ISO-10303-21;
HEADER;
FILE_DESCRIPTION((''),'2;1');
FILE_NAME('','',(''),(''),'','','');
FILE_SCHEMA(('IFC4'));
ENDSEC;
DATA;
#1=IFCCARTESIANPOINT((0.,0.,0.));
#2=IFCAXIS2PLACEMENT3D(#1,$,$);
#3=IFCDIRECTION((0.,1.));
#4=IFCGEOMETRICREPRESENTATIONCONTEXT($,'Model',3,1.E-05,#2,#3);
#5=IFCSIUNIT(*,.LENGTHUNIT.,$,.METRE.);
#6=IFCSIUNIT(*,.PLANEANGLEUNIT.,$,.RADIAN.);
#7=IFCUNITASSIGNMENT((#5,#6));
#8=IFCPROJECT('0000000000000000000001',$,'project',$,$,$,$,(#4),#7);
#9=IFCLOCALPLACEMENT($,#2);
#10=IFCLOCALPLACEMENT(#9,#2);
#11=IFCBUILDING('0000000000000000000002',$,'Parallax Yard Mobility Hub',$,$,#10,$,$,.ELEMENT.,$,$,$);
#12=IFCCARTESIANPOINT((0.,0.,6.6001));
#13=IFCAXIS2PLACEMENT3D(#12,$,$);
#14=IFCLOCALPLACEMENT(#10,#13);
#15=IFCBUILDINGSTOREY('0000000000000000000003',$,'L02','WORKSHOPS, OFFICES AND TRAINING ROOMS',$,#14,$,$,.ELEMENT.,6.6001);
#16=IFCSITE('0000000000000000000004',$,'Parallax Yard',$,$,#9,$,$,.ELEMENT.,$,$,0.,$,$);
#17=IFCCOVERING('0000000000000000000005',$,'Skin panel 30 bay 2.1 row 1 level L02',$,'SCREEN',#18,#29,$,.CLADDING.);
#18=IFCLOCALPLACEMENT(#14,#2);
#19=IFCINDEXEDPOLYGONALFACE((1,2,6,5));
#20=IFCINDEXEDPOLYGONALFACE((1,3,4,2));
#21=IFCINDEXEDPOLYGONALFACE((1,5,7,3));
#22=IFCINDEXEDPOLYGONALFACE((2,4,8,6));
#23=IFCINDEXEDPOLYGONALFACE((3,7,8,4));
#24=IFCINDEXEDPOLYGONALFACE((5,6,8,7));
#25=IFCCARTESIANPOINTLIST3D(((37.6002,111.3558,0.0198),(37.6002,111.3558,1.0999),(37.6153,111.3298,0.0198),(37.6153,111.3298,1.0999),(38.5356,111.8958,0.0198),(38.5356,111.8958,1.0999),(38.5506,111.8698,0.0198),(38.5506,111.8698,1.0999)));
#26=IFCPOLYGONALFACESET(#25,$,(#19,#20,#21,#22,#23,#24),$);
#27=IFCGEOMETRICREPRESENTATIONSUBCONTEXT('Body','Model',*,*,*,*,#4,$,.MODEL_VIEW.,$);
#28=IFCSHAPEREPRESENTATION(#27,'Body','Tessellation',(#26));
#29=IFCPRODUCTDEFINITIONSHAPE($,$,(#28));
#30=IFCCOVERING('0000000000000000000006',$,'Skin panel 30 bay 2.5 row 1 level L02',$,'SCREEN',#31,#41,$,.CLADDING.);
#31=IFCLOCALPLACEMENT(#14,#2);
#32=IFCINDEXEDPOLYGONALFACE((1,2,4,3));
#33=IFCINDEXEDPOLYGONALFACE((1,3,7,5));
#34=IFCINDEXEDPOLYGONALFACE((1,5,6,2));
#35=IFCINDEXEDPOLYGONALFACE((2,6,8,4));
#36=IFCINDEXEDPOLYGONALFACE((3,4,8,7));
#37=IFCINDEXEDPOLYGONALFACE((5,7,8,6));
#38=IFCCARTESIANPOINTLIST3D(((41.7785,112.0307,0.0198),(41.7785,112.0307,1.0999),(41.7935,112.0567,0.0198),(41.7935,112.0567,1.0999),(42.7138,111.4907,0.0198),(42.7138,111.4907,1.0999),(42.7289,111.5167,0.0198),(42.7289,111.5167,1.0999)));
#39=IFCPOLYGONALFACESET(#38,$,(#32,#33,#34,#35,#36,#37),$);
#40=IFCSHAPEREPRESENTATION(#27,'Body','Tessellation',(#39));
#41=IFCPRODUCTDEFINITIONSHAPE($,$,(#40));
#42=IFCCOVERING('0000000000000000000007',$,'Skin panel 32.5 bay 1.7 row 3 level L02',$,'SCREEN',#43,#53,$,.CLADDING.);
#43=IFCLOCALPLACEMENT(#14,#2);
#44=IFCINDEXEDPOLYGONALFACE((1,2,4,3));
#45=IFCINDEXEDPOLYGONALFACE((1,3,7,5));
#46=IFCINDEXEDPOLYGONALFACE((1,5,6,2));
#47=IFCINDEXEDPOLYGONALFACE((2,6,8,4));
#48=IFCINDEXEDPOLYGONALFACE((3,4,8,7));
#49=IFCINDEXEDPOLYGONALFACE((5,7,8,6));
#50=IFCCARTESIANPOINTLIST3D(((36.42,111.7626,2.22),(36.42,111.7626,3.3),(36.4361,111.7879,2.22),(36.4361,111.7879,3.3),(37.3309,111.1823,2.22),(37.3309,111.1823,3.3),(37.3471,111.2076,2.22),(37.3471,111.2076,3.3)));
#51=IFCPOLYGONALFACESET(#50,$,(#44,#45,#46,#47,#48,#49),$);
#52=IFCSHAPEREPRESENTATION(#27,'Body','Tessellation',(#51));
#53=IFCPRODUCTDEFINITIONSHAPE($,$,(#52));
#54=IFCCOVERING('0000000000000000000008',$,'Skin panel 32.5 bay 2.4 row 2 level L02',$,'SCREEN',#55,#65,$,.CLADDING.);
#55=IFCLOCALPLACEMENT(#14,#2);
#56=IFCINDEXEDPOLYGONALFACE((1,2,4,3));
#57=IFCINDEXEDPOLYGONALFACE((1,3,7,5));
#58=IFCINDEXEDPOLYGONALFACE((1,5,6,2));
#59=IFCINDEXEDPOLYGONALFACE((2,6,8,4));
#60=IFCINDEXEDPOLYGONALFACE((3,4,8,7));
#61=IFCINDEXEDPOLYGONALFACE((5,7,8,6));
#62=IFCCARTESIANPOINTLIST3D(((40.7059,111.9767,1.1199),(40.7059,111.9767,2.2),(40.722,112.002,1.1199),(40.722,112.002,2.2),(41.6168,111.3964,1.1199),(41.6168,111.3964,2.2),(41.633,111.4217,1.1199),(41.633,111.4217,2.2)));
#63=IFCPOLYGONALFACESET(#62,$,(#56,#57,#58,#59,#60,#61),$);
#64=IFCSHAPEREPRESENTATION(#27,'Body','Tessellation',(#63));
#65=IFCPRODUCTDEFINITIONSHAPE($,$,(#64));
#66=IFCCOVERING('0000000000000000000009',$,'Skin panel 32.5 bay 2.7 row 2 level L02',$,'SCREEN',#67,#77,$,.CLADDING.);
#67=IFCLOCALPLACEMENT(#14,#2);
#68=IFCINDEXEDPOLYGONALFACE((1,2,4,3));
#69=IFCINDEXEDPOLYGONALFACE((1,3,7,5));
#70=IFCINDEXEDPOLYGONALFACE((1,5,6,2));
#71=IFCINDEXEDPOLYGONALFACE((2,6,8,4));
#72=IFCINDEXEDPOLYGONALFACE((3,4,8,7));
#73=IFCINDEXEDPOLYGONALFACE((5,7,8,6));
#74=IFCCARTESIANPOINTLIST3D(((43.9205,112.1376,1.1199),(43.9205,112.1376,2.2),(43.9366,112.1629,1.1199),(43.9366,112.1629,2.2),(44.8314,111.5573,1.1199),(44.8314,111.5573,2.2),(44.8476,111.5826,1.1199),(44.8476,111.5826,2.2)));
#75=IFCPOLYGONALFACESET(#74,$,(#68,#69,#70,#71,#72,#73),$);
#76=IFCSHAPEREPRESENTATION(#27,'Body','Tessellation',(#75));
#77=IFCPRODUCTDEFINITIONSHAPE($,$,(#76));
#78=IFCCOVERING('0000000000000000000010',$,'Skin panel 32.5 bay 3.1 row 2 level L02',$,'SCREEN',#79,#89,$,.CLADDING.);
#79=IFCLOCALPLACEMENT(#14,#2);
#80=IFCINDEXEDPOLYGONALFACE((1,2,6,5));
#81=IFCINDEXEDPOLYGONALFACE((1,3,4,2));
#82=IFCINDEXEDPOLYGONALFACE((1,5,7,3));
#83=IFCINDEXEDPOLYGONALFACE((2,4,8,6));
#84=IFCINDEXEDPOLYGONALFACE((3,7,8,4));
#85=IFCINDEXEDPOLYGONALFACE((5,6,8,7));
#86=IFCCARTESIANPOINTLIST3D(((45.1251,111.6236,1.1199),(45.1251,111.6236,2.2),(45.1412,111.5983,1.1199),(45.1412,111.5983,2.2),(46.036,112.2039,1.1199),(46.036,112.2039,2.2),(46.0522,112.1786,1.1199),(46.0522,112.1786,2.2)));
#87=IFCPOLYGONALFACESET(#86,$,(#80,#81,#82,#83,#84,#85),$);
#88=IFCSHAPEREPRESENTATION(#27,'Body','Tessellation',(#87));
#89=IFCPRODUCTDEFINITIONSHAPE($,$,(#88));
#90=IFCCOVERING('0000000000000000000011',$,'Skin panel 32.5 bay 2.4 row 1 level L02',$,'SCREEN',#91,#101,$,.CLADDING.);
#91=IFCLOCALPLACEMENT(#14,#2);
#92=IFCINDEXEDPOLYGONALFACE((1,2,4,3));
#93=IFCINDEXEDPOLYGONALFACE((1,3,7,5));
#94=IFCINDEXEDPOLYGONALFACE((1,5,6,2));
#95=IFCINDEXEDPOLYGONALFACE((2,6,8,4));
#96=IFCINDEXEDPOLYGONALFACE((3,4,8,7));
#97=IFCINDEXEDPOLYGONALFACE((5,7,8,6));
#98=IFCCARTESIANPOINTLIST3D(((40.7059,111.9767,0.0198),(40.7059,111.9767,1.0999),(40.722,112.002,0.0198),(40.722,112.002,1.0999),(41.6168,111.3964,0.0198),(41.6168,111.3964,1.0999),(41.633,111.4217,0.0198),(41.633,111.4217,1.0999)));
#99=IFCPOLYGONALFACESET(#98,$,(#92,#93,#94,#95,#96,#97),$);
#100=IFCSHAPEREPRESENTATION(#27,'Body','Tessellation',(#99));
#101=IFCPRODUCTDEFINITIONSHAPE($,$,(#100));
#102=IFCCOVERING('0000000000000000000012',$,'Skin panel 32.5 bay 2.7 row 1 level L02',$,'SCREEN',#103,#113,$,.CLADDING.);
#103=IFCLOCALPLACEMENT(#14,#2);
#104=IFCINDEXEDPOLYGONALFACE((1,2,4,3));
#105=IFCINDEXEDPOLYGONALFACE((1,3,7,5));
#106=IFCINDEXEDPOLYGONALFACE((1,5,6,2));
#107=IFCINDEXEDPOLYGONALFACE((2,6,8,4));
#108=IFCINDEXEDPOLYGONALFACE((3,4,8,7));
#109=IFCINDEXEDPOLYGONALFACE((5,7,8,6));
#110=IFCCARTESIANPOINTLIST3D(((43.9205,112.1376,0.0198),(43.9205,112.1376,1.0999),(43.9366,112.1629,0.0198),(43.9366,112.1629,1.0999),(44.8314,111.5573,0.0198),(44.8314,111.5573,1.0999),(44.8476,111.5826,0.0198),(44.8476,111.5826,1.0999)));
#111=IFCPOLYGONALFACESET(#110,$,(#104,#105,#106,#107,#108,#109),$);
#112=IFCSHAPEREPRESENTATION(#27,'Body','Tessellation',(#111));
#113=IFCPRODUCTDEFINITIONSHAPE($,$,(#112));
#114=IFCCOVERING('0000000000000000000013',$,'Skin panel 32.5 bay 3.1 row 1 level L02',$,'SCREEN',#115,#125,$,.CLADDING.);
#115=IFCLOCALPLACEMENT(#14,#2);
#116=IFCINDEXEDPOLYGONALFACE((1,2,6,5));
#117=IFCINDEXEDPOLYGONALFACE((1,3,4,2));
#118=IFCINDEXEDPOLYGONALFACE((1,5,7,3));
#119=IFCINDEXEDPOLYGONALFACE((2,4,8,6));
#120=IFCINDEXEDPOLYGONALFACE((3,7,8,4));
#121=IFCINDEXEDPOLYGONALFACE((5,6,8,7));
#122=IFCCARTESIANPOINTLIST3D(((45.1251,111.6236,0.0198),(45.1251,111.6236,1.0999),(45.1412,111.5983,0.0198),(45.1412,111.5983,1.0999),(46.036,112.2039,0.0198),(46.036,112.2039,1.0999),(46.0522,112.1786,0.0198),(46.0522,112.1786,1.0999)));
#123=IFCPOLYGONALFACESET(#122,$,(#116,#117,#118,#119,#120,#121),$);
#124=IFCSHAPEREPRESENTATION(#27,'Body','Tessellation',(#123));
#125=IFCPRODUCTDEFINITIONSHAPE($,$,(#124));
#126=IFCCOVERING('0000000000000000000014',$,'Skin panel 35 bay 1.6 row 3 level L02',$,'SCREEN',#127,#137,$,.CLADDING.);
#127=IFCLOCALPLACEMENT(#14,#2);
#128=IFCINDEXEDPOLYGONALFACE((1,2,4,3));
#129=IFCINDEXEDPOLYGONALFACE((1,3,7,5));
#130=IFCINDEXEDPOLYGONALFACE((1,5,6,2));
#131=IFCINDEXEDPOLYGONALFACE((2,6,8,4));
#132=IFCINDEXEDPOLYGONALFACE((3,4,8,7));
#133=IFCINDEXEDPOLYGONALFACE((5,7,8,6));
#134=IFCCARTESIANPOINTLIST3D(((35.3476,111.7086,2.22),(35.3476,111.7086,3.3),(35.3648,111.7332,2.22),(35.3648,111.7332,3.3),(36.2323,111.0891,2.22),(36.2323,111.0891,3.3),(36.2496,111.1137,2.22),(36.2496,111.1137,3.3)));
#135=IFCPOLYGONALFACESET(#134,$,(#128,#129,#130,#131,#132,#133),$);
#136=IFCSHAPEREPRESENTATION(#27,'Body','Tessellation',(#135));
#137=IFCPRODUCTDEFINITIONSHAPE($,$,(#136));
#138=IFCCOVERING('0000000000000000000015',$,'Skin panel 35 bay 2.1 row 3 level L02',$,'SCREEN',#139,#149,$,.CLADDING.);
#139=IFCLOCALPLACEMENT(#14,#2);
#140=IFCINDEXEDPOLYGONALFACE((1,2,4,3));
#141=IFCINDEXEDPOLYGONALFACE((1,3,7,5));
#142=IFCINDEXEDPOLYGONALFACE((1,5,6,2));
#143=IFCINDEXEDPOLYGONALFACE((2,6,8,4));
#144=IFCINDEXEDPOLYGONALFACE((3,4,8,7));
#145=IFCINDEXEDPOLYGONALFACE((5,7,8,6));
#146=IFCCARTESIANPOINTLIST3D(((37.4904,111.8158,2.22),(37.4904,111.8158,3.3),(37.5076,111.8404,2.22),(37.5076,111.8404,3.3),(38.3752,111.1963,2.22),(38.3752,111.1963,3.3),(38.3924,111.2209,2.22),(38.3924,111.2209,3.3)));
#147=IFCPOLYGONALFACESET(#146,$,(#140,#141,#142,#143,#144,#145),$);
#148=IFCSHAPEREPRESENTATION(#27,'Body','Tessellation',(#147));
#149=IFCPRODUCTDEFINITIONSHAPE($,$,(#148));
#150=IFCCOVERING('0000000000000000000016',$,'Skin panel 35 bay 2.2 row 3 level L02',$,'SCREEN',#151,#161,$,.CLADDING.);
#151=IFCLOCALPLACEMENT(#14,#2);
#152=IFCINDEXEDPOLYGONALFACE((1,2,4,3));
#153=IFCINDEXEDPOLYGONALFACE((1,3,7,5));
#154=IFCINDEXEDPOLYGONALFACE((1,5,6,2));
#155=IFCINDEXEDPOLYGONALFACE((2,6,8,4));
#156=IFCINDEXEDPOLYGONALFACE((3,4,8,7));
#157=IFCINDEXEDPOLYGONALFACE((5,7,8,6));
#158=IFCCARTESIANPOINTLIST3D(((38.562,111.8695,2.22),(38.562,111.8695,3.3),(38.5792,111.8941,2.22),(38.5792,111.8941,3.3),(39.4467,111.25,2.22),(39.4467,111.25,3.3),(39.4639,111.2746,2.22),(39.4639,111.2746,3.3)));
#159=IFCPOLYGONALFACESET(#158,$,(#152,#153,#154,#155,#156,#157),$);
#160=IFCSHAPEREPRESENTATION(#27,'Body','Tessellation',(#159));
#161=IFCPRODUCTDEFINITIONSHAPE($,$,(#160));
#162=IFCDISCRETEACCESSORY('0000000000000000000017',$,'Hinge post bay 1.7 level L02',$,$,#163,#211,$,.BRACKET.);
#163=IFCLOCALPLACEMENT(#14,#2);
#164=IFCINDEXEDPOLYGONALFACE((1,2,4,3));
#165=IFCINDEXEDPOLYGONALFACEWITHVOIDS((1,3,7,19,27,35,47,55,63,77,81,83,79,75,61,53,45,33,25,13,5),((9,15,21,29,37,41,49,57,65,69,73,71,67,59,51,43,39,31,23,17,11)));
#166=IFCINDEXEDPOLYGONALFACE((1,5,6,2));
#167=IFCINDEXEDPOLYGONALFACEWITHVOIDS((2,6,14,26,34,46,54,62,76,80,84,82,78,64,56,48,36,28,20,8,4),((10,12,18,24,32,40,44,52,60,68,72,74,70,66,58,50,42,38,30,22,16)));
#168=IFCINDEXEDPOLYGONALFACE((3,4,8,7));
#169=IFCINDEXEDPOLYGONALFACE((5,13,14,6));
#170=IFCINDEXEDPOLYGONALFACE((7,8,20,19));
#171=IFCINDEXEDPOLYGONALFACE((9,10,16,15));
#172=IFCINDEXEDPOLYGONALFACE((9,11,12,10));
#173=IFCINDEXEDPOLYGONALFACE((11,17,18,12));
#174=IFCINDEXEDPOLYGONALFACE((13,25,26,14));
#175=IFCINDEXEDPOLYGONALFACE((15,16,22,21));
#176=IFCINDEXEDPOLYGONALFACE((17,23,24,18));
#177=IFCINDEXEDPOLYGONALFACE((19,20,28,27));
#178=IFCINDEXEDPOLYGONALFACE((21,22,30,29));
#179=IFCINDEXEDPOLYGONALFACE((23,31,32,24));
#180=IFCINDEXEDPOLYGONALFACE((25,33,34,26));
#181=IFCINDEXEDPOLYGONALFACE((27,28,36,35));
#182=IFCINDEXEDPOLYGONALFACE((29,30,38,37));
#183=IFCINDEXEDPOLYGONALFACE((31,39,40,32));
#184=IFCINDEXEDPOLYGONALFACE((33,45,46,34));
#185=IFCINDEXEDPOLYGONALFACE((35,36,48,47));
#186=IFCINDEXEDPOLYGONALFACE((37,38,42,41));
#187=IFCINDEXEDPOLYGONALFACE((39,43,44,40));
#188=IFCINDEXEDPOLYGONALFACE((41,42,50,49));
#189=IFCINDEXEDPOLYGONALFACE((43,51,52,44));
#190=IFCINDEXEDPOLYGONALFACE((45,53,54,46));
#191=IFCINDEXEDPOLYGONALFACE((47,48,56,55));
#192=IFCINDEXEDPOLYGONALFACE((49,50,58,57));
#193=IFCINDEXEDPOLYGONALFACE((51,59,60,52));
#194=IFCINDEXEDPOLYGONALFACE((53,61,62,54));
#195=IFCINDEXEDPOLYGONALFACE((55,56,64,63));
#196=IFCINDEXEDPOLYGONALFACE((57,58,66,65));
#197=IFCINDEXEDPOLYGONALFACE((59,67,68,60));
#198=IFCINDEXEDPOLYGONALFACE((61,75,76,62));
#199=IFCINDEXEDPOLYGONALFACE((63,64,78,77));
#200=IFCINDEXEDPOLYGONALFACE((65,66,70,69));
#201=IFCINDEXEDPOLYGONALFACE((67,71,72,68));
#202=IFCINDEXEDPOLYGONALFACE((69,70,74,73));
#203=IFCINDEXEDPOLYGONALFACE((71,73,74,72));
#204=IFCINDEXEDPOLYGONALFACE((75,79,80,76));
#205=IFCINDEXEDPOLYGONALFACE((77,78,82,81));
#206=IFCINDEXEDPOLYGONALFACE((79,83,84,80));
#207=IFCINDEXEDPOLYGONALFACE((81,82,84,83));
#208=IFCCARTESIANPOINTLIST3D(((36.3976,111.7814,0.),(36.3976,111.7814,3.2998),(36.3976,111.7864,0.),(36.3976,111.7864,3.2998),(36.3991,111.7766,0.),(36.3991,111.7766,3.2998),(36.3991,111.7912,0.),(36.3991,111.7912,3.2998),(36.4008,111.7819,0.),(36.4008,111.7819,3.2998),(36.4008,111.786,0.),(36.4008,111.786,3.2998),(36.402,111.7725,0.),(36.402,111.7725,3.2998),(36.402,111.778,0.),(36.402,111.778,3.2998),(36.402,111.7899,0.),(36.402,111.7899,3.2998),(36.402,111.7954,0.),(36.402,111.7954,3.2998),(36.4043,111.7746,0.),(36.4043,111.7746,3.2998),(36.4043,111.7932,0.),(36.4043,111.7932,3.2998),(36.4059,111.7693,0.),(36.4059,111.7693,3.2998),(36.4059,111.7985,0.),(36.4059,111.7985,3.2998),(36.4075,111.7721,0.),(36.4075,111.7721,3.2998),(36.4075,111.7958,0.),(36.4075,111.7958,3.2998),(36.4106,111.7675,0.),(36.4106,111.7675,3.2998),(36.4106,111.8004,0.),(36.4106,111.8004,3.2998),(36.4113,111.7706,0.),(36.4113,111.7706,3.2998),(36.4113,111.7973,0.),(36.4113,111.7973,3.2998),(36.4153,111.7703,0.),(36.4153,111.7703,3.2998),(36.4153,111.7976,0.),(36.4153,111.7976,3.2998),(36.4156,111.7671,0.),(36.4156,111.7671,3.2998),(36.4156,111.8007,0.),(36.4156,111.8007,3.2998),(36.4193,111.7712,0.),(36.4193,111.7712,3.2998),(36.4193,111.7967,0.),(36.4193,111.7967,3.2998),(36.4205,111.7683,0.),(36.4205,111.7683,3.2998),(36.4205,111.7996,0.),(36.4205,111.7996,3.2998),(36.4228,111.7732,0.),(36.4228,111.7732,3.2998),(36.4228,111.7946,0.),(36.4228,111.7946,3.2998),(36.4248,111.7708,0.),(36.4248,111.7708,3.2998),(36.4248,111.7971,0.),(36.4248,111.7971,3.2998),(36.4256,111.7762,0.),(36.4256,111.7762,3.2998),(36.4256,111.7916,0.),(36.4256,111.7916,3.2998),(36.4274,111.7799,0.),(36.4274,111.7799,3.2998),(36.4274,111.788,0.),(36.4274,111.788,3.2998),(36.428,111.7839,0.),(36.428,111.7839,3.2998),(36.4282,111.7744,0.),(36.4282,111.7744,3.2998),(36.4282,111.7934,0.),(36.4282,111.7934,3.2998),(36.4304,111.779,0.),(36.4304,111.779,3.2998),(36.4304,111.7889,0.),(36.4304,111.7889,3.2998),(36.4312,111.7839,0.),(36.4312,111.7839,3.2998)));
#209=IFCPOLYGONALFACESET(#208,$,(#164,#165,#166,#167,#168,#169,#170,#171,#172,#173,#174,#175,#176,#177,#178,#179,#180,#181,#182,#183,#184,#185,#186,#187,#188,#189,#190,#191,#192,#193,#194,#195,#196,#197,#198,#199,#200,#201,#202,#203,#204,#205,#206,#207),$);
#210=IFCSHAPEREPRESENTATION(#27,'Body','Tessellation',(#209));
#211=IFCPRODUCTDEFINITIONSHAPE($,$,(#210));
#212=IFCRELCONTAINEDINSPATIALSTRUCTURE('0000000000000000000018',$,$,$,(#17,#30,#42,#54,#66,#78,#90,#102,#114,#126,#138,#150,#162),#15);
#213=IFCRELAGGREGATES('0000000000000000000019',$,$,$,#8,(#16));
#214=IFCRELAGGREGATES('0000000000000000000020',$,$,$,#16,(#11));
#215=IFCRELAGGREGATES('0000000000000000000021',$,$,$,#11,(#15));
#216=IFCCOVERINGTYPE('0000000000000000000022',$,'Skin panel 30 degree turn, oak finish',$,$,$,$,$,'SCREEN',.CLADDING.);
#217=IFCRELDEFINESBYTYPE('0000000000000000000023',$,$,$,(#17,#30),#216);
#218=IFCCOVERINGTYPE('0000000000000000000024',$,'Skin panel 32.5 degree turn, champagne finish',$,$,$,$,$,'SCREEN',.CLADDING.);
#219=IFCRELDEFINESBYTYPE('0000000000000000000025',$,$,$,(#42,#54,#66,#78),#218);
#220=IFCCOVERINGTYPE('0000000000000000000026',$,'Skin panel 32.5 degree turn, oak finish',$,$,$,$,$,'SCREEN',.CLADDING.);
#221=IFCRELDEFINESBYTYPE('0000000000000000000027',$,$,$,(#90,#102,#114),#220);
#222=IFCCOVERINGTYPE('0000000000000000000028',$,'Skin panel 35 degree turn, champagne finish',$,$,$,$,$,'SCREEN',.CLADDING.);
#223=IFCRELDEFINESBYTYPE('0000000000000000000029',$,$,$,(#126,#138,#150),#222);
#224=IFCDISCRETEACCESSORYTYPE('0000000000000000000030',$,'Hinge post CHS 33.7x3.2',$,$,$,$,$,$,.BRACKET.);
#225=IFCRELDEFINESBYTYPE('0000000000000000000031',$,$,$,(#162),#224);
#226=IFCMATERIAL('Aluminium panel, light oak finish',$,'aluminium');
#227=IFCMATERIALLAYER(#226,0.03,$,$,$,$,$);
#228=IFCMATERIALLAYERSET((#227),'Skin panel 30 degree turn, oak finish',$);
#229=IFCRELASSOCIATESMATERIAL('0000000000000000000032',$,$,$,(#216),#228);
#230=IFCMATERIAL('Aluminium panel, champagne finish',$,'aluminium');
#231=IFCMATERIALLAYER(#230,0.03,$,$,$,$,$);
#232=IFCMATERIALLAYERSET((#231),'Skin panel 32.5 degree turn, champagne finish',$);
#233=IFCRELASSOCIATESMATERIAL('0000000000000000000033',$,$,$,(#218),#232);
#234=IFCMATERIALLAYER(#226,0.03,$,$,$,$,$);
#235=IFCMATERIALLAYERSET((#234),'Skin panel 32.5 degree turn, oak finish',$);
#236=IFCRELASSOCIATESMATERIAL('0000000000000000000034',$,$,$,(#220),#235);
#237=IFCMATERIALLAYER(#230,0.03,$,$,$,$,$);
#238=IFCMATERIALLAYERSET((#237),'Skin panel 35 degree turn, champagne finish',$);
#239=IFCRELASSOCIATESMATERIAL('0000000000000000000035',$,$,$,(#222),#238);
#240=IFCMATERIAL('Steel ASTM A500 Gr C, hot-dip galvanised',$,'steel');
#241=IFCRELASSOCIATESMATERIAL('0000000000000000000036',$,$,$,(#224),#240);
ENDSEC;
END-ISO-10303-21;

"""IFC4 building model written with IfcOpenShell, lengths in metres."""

from ifc_helpers import new_model, si_unit, direction, frame, origin, origin_2d, place, context, subcontext, project, spatial, rectangle, hollow_circle, extrude, material, layer, layer_set, material_profile, profile_set, type_object, element, save


model = new_model("IFC4")

# Units and contexts
model_context = context("Model", 3, precision=1e-05, world=origin(), true_north=direction((0.0, 1.0)))
body_context = subcontext(model_context, "Body", "Model", "MODEL_VIEW")
ifc_project = project(units=[si_unit("LENGTHUNIT", "METRE"), si_unit("PLANEANGLEUNIT", "RADIAN")], contexts=[model_context])

# Site, building, storey
site_placement = place(None, origin())
site = spatial("IfcSite", under=ifc_project, at=site_placement, Name="Parallax Yard", CompositionType="ELEMENT", RefElevation=0.0)
building_placement = place(site_placement, origin())
building = spatial("IfcBuilding", under=site, at=building_placement, Name="Parallax Yard Mobility Hub", CompositionType="ELEMENT")
storey_placement = place(building_placement, frame((0.0, 0.0, 6.6001)))
storey = spatial("IfcBuildingStorey", under=building, at=storey_placement, Name="L02", Description="WORKSHOPS, OFFICES AND TRAINING ROOMS", CompositionType="ELEMENT", Elevation=6.6001)

# Coverings
ifc_material_1 = material(Name="Aluminium panel, champagne finish", Category="aluminium")
ifc_material_2 = material(Name="Aluminium panel, light oak finish", Category="aluminium")
ifc_layer_1 = layer(ifc_material_2, 0.03)
ifc_layer_set_1 = layer_set([ifc_layer_1], Name="Skin panel 30 degree turn, oak finish")
covering_type_1 = type_object("IfcCoveringType", Name="Skin panel 30 degree turn, oak finish", ElementType="SCREEN", PredefinedType="CLADDING", material=ifc_layer_set_1)
for number, where, z_axis, x_axis, name in (
    (1, (38.0754, 111.6128, 0.0198), (0.0, 0.0, 1.0), (-0.866025, -0.5, 0.0), "Skin panel 30 bay 2.1 row 1 level L02"),
    (2, (42.2537, 111.7737, 0.0198), (0.0, 0.0, 1.0), (0.866025, -0.5, 0.0), "Skin panel 30 bay 2.5 row 1 level L02"),
):
    element("IfcCovering", number, at=place(storey_placement, frame(where, z_axis=z_axis, x_axis=x_axis)), inside=storey, type_object=covering_type_1, Name=name, ObjectType="SCREEN", PredefinedType="CLADDING", context=body_context, shape_type="SweptSolid", body=[
        extrude(rectangle(XDim=1.0801, YDim=0.03, at=origin_2d()), origin(), (0.0, 0.0, 1.0), 1.0801),
    ])
ifc_layer_2 = layer(ifc_material_1, 0.03)
ifc_layer_set_2 = layer_set([ifc_layer_2], Name="Skin panel 32.5 degree turn, champagne finish")
covering_type_2 = type_object("IfcCoveringType", Name="Skin panel 32.5 degree turn, champagne finish", ElementType="SCREEN", PredefinedType="CLADDING", material=ifc_layer_set_2)
for number, where, z_axis, x_axis, name in (
    (3, (36.8835, 111.4851, 2.22), (0.0, 0.0, 1.0), (0.843391, -0.5373, 0.0), "Skin panel 32.5 bay 1.7 row 3 level L02"),
    (4, (41.1694, 111.6992, 1.1199), (0.0, 0.0, 1.0), (0.843391, -0.5373, 0.0), "Skin panel 32.5 bay 2.4 row 2 level L02"),
    (5, (44.384, 111.8601, 1.1199), (0.0, 0.0, 1.0), (0.843391, -0.5373, 0.0), "Skin panel 32.5 bay 2.7 row 2 level L02"),
    (6, (45.5886, 111.9011, 1.1199), (0.0, 0.0, 1.0), (-0.843391, -0.5373, 0.0), "Skin panel 32.5 bay 3.1 row 2 level L02"),
):
    element("IfcCovering", number, at=place(storey_placement, frame(where, z_axis=z_axis, x_axis=x_axis)), inside=storey, type_object=covering_type_2, Name=name, ObjectType="SCREEN", PredefinedType="CLADDING", context=body_context, shape_type="SweptSolid", body=[
        extrude(rectangle(XDim=1.0801, YDim=0.03, at=origin_2d()), origin(), (0.0, 0.0, 1.0), 1.0801),
    ])
ifc_layer_3 = layer(ifc_material_2, 0.03)
ifc_layer_set_3 = layer_set([ifc_layer_3], Name="Skin panel 32.5 degree turn, oak finish")
covering_type_3 = type_object("IfcCoveringType", Name="Skin panel 32.5 degree turn, oak finish", ElementType="SCREEN", PredefinedType="CLADDING", material=ifc_layer_set_3)
for number, where, z_axis, x_axis, name in (
    (7, (41.1694, 111.6992, 0.0198), (0.0, 0.0, 1.0), (0.843391, -0.5373, 0.0), "Skin panel 32.5 bay 2.4 row 1 level L02"),
    (8, (44.384, 111.8601, 0.0198), (0.0, 0.0, 1.0), (0.843391, -0.5373, 0.0), "Skin panel 32.5 bay 2.7 row 1 level L02"),
    (9, (45.5886, 111.9011, 0.0198), (0.0, 0.0, 1.0), (-0.843391, -0.5373, 0.0), "Skin panel 32.5 bay 3.1 row 1 level L02"),
):
    element("IfcCovering", number, at=place(storey_placement, frame(where, z_axis=z_axis, x_axis=x_axis)), inside=storey, type_object=covering_type_3, Name=name, ObjectType="SCREEN", PredefinedType="CLADDING", context=body_context, shape_type="SweptSolid", body=[
        extrude(rectangle(XDim=1.0801, YDim=0.03, at=origin_2d()), origin(), (0.0, 0.0, 1.0), 1.0801),
    ])
ifc_layer_4 = layer(ifc_material_1, 0.03)
ifc_layer_set_4 = layer_set([ifc_layer_4], Name="Skin panel 35 degree turn, champagne finish")
covering_type_4 = type_object("IfcCoveringType", Name="Skin panel 35 degree turn, champagne finish", ElementType="SCREEN", PredefinedType="CLADDING", material=ifc_layer_set_4)
for number, where, z_axis, x_axis, name in (
    (10, (35.7986, 111.4111, 2.22), (0.0, 0.0, 1.0), (0.819152, -0.573576, 0.0), "Skin panel 35 bay 1.6 row 3 level L02"),
    (11, (37.9414, 111.5183, 2.22), (0.0, 0.0, 1.0), (0.819152, -0.573576, 0.0), "Skin panel 35 bay 2.1 row 3 level L02"),
    (12, (39.0129, 111.572, 2.22), (0.0, 0.0, 1.0), (0.819152, -0.573576, 0.0), "Skin panel 35 bay 2.2 row 3 level L02"),
):
    element("IfcCovering", number, at=place(storey_placement, frame(where, z_axis=z_axis, x_axis=x_axis)), inside=storey, type_object=covering_type_4, Name=name, ObjectType="SCREEN", PredefinedType="CLADDING", context=body_context, shape_type="SweptSolid", body=[
        extrude(rectangle(XDim=1.0801, YDim=0.03, at=origin_2d()), origin(), (0.0, 0.0, 1.0), 1.0801),
    ])

# Discrete accessory
ifc_material_3 = material(Name="Steel ASTM A500 Gr C, hot-dip galvanised", Category="steel")
ifc_material_profile = material_profile(ifc_material_3, hollow_circle(Radius=0.0168, WallThickness=0.0032, at=origin_2d()), Name="CHS 33.7x3.2")
ifc_profile_set = profile_set([ifc_material_profile], Name="Steel ASTM A500 Gr C, hot-dip galvanised")
discrete_accessory_type = type_object("IfcDiscreteAccessoryType", Name="Hinge post CHS 33.7x3.2", PredefinedType="BRACKET", material=ifc_profile_set)
for number, where, z_axis, x_axis, name in (
    (13, (36.4143, 111.7839, 0.0), (0.0, 0.0, 1.0), (1.0, 0.0, 0.0), "Hinge post bay 1.7 level L02"),
):
    element("IfcDiscreteAccessory", number, at=place(storey_placement, frame(where, z_axis=z_axis, x_axis=x_axis)), inside=storey, type_object=discrete_accessory_type, Name=name, PredefinedType="BRACKET", context=body_context, shape_type="SweptSolid", body=[
        extrude(hollow_circle(Radius=0.0168, WallThickness=0.0032, at=origin_2d()), origin(), (0.0, 0.0, 1.0), 3.2998),
    ])

save(model, "model.ifc")
